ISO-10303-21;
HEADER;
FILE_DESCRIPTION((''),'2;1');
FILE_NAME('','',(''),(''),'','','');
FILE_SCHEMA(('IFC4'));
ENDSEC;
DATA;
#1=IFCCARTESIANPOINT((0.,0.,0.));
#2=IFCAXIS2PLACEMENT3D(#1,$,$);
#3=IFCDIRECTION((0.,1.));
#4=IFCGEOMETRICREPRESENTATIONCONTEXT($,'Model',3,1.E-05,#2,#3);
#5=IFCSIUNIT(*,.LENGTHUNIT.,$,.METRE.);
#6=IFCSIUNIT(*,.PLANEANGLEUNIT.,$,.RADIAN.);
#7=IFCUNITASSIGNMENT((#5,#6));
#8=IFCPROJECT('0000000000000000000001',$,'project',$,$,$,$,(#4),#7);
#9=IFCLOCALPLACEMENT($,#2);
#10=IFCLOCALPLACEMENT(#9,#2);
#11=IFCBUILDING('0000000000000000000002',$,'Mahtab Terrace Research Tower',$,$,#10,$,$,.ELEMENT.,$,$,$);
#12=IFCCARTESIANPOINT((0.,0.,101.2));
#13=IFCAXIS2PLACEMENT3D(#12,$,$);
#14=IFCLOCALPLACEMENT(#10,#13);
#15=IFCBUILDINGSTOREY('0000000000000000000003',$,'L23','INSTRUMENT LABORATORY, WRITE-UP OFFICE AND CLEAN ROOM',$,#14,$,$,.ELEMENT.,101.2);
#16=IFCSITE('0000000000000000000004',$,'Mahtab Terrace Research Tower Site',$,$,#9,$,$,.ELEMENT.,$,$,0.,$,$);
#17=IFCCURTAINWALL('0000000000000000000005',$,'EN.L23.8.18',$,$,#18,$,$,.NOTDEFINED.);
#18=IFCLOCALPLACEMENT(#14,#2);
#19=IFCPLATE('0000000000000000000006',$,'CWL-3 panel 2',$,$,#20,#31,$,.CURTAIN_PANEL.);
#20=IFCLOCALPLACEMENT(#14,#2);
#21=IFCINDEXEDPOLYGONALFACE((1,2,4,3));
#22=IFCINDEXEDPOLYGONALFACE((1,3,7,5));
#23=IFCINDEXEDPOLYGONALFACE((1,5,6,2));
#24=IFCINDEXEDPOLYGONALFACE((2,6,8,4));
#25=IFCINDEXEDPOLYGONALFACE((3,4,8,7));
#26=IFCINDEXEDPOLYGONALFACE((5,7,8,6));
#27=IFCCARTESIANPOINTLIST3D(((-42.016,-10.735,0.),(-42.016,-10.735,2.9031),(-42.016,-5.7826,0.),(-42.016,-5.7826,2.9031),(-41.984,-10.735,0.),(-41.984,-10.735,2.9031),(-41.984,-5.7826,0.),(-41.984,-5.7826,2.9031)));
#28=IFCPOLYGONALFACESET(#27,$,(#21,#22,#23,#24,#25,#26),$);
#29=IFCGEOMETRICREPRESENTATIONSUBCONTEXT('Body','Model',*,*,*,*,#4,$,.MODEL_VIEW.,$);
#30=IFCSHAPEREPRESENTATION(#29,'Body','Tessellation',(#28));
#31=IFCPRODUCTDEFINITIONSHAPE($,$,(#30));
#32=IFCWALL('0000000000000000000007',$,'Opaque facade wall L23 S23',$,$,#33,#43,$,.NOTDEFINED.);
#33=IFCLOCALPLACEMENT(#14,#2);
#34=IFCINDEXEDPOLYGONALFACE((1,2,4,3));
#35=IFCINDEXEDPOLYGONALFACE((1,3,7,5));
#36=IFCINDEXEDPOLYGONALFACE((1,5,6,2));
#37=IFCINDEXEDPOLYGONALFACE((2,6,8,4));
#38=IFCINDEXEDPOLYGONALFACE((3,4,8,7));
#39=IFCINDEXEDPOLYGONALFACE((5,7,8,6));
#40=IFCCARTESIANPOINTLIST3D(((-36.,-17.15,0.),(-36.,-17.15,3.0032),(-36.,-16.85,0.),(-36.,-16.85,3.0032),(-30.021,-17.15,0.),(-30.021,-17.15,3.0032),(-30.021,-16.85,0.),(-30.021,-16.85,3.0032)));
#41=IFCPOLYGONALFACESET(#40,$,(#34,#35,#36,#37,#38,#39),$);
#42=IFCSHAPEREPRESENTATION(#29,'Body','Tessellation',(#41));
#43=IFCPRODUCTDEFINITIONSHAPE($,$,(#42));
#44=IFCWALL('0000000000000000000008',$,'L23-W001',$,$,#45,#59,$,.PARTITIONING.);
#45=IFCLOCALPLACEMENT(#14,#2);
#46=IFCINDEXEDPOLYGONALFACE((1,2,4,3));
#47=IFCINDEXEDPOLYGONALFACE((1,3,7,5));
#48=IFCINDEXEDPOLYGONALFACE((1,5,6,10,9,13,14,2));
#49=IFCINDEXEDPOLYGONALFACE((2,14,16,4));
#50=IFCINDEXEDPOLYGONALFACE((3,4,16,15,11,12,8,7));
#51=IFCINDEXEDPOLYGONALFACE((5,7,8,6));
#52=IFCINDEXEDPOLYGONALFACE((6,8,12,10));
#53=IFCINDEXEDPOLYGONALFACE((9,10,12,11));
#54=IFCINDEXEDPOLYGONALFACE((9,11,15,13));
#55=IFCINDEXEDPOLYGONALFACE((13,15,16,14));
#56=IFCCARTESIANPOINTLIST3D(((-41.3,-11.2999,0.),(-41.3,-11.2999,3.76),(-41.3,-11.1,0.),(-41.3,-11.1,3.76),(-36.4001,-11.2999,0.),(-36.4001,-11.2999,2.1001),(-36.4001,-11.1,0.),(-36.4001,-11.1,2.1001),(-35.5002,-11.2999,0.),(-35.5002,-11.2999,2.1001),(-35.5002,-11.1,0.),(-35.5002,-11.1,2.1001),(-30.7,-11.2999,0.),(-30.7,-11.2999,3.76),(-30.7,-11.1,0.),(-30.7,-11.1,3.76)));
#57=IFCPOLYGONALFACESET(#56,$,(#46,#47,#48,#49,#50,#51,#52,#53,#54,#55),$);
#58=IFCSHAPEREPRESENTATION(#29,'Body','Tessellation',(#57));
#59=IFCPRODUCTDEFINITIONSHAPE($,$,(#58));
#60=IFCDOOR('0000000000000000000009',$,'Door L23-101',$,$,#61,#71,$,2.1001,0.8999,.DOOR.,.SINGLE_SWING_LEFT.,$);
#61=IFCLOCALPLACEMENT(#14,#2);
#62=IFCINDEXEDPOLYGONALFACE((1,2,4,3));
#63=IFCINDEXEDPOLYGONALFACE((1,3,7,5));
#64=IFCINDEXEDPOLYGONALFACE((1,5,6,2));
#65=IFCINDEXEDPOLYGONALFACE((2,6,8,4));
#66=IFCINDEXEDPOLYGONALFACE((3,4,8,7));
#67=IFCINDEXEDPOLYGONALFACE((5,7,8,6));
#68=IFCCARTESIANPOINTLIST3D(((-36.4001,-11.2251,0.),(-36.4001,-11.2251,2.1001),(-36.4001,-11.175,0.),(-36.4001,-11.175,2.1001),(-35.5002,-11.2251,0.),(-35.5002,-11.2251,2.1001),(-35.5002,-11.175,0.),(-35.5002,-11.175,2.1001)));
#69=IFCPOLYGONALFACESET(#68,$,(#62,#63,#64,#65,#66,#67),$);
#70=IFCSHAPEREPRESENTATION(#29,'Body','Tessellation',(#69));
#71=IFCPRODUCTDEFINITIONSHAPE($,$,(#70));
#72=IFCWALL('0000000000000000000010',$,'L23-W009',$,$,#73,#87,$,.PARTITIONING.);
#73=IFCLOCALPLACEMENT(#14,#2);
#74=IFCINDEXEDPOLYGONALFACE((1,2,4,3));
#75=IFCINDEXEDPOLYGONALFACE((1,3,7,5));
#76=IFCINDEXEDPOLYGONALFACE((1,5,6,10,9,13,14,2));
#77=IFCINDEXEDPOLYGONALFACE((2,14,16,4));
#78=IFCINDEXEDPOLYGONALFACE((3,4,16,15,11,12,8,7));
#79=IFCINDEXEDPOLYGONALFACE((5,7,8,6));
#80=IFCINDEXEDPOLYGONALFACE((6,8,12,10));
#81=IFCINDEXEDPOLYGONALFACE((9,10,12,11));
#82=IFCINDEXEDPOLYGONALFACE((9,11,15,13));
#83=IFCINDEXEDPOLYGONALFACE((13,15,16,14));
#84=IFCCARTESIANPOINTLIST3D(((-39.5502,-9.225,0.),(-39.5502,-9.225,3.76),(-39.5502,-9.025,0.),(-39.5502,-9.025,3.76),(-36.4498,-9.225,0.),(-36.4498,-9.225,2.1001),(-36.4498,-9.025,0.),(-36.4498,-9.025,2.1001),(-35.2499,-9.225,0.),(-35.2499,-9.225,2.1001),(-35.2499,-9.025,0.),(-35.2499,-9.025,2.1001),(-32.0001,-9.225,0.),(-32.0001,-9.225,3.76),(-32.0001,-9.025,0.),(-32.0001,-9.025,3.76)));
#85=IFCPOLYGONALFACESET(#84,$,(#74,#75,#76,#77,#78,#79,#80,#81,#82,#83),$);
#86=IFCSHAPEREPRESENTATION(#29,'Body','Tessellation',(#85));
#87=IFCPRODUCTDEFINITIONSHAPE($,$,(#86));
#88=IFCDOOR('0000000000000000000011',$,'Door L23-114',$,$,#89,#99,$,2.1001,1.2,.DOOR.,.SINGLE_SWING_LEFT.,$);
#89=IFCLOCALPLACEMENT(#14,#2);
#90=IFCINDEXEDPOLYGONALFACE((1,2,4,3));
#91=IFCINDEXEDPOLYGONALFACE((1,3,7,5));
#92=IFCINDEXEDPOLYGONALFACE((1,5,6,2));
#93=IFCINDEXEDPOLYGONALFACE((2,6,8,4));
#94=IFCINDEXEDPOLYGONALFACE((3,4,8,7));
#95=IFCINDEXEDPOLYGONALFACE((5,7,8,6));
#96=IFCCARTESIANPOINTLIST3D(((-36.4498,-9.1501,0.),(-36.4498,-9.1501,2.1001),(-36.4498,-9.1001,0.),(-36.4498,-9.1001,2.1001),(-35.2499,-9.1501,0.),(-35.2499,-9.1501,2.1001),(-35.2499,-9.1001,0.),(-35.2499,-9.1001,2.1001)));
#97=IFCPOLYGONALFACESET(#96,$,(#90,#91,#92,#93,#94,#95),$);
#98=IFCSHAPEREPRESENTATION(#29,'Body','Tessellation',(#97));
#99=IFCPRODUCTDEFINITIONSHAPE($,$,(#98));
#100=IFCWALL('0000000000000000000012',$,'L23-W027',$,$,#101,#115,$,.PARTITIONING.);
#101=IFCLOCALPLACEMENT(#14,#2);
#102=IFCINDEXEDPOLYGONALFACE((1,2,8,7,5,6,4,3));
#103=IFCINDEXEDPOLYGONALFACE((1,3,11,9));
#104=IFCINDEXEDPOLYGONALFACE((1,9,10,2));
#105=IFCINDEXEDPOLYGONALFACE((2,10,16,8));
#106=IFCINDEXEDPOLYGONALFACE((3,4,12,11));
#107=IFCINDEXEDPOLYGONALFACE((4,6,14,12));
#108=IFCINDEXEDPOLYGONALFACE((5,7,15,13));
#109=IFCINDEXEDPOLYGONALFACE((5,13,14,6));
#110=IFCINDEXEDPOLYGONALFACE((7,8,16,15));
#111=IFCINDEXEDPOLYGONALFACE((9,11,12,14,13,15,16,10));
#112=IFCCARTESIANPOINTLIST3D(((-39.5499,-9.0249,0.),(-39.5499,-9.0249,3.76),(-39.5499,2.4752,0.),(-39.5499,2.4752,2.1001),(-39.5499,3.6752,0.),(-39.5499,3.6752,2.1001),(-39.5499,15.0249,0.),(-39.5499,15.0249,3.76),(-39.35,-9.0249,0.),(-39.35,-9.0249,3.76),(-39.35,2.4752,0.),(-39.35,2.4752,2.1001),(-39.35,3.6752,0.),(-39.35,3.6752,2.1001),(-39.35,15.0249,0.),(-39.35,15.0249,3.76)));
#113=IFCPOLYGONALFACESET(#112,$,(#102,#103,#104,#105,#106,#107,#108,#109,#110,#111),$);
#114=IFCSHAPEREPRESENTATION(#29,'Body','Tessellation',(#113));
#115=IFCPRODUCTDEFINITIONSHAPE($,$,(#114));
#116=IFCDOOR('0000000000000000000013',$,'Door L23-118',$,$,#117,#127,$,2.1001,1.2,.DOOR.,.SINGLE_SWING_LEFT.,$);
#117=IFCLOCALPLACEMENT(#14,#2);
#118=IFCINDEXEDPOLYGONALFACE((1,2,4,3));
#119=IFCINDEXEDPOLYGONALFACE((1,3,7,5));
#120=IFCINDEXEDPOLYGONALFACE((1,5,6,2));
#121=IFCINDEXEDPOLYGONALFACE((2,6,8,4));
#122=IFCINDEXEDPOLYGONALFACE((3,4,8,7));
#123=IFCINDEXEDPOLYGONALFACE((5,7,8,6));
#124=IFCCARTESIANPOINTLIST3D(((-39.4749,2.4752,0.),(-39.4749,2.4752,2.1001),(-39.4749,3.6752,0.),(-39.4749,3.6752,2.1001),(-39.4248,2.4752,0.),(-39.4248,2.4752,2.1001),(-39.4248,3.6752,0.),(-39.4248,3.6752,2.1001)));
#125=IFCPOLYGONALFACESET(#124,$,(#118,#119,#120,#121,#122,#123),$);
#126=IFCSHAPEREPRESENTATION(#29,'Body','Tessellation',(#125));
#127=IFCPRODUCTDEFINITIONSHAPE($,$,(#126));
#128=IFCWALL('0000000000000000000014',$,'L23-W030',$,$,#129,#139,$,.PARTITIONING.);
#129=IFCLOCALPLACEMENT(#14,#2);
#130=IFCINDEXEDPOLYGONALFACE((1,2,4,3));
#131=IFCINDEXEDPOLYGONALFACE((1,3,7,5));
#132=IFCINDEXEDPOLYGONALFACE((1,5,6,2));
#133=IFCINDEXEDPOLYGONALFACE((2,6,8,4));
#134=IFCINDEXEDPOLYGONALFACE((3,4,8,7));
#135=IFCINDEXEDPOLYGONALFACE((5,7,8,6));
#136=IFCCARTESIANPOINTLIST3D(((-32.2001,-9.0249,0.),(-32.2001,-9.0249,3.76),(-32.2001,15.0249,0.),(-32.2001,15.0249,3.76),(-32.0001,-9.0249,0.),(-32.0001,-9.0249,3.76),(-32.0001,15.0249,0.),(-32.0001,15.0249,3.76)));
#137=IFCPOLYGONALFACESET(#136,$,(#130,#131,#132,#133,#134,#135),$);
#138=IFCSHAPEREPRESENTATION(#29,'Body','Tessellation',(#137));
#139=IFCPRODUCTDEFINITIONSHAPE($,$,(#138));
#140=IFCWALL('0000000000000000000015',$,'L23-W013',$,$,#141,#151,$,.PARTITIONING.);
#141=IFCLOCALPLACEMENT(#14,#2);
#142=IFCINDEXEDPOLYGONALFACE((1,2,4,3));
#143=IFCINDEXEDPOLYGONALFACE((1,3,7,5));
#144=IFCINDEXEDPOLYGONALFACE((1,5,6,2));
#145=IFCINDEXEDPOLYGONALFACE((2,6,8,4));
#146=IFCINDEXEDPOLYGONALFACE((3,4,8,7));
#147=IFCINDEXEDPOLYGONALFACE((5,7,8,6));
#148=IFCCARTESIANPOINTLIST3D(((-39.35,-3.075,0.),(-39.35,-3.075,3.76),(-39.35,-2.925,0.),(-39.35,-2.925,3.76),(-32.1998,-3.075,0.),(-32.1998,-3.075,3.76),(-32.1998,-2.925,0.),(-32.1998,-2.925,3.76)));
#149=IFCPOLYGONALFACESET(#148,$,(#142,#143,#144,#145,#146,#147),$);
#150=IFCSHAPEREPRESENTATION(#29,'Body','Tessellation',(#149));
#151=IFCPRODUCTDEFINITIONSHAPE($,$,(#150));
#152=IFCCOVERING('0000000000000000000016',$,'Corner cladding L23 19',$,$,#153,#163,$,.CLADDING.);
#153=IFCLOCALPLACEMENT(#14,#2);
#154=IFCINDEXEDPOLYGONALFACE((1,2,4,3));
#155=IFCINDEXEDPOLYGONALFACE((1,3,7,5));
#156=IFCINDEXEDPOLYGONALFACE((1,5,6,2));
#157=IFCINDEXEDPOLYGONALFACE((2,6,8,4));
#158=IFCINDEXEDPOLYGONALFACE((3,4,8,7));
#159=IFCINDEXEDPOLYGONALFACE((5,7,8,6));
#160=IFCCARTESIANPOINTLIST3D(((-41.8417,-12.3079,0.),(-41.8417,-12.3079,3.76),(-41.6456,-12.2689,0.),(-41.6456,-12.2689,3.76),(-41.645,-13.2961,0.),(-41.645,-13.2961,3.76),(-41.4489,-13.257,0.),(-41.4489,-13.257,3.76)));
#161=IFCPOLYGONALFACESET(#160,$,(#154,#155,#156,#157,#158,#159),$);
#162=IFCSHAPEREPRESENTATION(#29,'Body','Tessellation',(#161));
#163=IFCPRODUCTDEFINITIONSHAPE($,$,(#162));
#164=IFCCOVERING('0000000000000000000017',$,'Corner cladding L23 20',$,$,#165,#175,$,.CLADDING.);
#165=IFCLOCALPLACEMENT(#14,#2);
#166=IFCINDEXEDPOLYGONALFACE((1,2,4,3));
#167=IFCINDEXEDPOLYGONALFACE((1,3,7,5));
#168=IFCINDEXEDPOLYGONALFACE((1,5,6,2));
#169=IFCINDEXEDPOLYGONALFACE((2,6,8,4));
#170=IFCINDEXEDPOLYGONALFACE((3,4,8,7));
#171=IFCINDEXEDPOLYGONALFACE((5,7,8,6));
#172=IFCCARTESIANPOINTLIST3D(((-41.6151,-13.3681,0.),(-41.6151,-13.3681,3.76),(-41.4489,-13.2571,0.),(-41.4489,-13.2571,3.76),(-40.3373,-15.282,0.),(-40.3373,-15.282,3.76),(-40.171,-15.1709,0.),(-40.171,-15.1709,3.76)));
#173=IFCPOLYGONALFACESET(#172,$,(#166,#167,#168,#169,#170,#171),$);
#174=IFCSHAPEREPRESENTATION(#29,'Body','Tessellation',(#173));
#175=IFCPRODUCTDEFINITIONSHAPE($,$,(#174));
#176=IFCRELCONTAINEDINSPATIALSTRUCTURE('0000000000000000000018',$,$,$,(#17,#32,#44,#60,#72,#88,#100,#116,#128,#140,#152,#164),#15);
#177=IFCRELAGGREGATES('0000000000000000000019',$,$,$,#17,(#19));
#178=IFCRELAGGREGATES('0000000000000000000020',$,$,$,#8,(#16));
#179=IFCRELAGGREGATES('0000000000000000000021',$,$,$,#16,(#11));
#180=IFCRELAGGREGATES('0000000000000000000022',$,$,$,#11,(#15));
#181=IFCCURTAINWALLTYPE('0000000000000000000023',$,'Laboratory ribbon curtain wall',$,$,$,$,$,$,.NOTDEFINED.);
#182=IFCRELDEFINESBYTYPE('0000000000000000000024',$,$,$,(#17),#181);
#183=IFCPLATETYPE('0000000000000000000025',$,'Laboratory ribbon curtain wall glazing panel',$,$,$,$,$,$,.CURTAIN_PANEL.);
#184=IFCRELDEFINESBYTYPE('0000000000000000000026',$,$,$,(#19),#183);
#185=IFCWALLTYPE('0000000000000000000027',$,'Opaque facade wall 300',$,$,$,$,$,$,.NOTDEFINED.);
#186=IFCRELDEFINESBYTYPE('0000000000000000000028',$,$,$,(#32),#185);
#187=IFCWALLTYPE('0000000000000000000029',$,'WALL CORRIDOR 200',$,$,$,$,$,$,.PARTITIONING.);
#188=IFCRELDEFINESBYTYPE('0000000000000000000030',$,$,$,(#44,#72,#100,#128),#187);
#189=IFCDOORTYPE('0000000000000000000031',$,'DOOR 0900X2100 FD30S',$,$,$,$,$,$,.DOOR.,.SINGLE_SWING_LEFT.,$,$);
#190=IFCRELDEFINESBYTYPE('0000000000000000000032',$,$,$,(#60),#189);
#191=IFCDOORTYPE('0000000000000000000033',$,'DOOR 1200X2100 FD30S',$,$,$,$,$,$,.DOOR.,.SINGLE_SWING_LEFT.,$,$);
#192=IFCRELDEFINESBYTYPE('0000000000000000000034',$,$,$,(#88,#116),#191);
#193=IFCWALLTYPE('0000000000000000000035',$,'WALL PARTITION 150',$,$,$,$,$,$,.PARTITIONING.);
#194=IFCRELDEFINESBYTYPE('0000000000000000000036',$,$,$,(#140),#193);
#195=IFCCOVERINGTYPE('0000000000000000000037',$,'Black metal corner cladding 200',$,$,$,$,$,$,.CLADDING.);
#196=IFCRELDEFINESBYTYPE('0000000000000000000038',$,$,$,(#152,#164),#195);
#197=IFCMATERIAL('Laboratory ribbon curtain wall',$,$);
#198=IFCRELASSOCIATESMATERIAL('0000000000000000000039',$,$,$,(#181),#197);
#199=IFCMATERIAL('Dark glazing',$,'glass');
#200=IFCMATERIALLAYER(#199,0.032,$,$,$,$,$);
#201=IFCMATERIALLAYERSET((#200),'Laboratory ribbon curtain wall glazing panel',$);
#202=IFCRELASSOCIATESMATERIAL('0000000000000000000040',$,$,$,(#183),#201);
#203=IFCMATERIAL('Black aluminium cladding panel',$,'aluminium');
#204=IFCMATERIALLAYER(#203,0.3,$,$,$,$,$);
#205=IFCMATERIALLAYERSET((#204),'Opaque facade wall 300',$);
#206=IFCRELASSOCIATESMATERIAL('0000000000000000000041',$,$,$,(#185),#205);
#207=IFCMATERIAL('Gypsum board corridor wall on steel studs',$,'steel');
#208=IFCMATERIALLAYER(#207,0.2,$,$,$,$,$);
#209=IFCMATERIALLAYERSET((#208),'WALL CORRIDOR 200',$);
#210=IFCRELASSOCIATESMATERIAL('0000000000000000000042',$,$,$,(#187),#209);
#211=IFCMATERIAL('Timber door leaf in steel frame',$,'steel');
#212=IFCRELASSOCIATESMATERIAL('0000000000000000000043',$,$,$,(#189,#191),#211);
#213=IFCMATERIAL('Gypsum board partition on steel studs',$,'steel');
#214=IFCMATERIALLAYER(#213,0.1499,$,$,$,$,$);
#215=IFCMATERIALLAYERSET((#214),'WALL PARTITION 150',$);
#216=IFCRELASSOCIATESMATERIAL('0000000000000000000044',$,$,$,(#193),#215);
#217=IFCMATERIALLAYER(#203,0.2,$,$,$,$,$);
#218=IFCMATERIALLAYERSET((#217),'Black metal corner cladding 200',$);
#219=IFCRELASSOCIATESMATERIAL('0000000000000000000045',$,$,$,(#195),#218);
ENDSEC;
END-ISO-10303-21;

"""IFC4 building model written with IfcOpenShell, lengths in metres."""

from ifc_helpers import new_model, si_unit, direction, frame, frame_2d, origin, origin_2d, place, context, subcontext, project, spatial, rectangle, extrude, material, layer, layer_set, type_object, element, fill, aggregate, save


model = new_model("IFC4")

# Units and contexts
model_context = context("Model", 3, precision=1e-05, world=origin(), true_north=direction((0.0, 1.0)))
body_context = subcontext(model_context, "Body", "Model", "MODEL_VIEW")
ifc_project = project(units=[si_unit("LENGTHUNIT", "METRE"), si_unit("PLANEANGLEUNIT", "RADIAN")], contexts=[model_context])

# Site, building, storey
site_placement = place(None, origin())
site = spatial("IfcSite", under=ifc_project, at=site_placement, Name="Mahtab Terrace Research Tower Site", CompositionType="ELEMENT", RefElevation=0.0)
building_placement = place(site_placement, origin())
building = spatial("IfcBuilding", under=site, at=building_placement, Name="Mahtab Terrace Research Tower", CompositionType="ELEMENT")
storey_placement = place(building_placement, frame((0.0, 0.0, 101.2)))
storey = spatial("IfcBuildingStorey", under=building, at=storey_placement, Name="L23", Description="INSTRUMENT LABORATORY, WRITE-UP OFFICE AND CLEAN ROOM", CompositionType="ELEMENT", Elevation=101.2)

# Curtain wall
ifc_material_1 = material(Name="Laboratory ribbon curtain wall")
curtain_wall_type = type_object("IfcCurtainWallType", Name="Laboratory ribbon curtain wall", PredefinedType="NOTDEFINED", material=ifc_material_1)
curtain_wall_placement = place(storey_placement, origin())
curtain_wall = element("IfcCurtainWall", 1, at=curtain_wall_placement, inside=storey, type_object=curtain_wall_type, Name="EN.L23.8.18", PredefinedType="NOTDEFINED")

# Plate
ifc_material_2 = material(Name="Dark glazing", Category="glass")
ifc_layer_1 = layer(ifc_material_2, 0.032)
ifc_layer_set_1 = layer_set([ifc_layer_1], Name="Laboratory ribbon curtain wall glazing panel")
plate_type = type_object("IfcPlateType", Name="Laboratory ribbon curtain wall glazing panel", PredefinedType="CURTAIN_PANEL", material=ifc_layer_set_1)
plate_1_placement = place(storey_placement, frame((-42.0, -8.2588, 0.0), z_axis=(0.0, 0.0, 1.0), x_axis=(0.0, -1.0, 0.0)))
plate_1 = element("IfcPlate", 2, at=plate_1_placement, type_object=plate_type, Name="CWL-3 panel 2", PredefinedType="CURTAIN_PANEL", context=body_context, shape_type="SweptSolid", body=[
    extrude(rectangle(XDim=4.9524, YDim=0.032, at=origin_2d()), origin(), (0.0, 0.0, 1.0), 2.9031),
])
aggregate(curtain_wall, [plate_1])

# Wall
ifc_material_3 = material(Name="Black aluminium cladding panel", Category="aluminium")
ifc_layer_2 = layer(ifc_material_3, 0.3)
ifc_layer_set_2 = layer_set([ifc_layer_2], Name="Opaque facade wall 300")
wall_type_1 = type_object("IfcWallType", Name="Opaque facade wall 300", PredefinedType="NOTDEFINED", material=ifc_layer_set_2)
wall_1_placement = place(storey_placement, frame((-36.0, -17.0, 0.0), z_axis=(0.0, 0.0, 1.0), x_axis=(1.0, 0.0, 0.0)))
element("IfcWall", 3, at=wall_1_placement, inside=storey, type_object=wall_type_1, Name="Opaque facade wall L23 S23", PredefinedType="NOTDEFINED", context=body_context, shape_type="SweptSolid", body=[
    extrude(rectangle(XDim=5.979, YDim=0.3, at=frame_2d((2.9895, 0.0))), origin(), (0.0, 0.0, 1.0), 3.0032),
])

# Walls, openings, doors
ifc_material_4 = material(Name="Gypsum board corridor wall on steel studs", Category="steel")
ifc_layer_3 = layer(ifc_material_4, 0.2)
ifc_layer_set_3 = layer_set([ifc_layer_3], Name="WALL CORRIDOR 200")
wall_type_2 = type_object("IfcWallType", Name="WALL CORRIDOR 200", PredefinedType="PARTITIONING", material=ifc_layer_set_3)
wall_2_placement = place(storey_placement, frame((-41.3, -11.2, 0.0), z_axis=(0.0, 0.0, 1.0), x_axis=(1.0, 0.0, 0.0)))
wall_2 = element("IfcWall", 4, at=wall_2_placement, inside=storey, type_object=wall_type_2, Name="L23-W001", PredefinedType="PARTITIONING", context=body_context, shape_type="SweptSolid", body=[
    extrude(rectangle(XDim=10.6001, YDim=0.2, at=frame_2d((5.3, 0.0))), origin(), (0.0, 0.0, 1.0), 3.76),
])
opening_1_placement = place(wall_2_placement, frame((4.8999, 0.0, 0.0)))
opening_1 = element("IfcOpeningElement", 5, at=opening_1_placement, cuts=wall_2, PredefinedType="OPENING", context=body_context, shape_type="SweptSolid", body=[
    extrude(rectangle(XDim=0.8999, YDim=2.1001, at=frame_2d((0.45, 1.05))), frame((0.0, 0.1099, 0.0), z_axis=(0.0, -1.0, 0.0), x_axis=(1.0, 0.0, 0.0)), (0.0, 0.0, 1.0), 0.22),
])
ifc_material_5 = material(Name="Timber door leaf in steel frame", Category="steel")
door_type_1 = type_object("IfcDoorType", Name="DOOR 0900X2100 FD30S", OperationType="SINGLE_SWING_LEFT", PredefinedType="DOOR", material=ifc_material_5)
door_1_placement = place(opening_1_placement, origin())
door_1 = element("IfcDoor", 6, at=door_1_placement, inside=storey, type_object=door_type_1, Name="Door L23-101", OperationType="SINGLE_SWING_LEFT", OverallHeight=2.1001, OverallWidth=0.8999, PredefinedType="DOOR", context=body_context, shape_type="SweptSolid", body=[
    extrude(rectangle(XDim=0.8999, YDim=2.1001, at=frame_2d((0.45, 1.05))), frame((0.0, 0.0249, 0.0), z_axis=(0.0, -1.0, 0.0), x_axis=(1.0, 0.0, 0.0)), (0.0, 0.0, 1.0), 0.05),
])
fill(opening_1, door_1)
wall_3_placement = place(storey_placement, frame((-39.55, -9.125, 0.0), z_axis=(0.0, 0.0, 1.0), x_axis=(1.0, 0.0, 0.0)))
wall_3 = element("IfcWall", 7, at=wall_3_placement, inside=storey, type_object=wall_type_2, Name="L23-W009", PredefinedType="PARTITIONING", context=body_context, shape_type="SweptSolid", body=[
    extrude(rectangle(XDim=7.55, YDim=0.2, at=frame_2d((3.7749, 0.0))), origin(), (0.0, 0.0, 1.0), 3.76),
])
opening_2_placement = place(wall_3_placement, frame((3.1001, 0.0, 0.0)))
opening_2 = element("IfcOpeningElement", 8, at=opening_2_placement, cuts=wall_3, PredefinedType="OPENING", context=body_context, shape_type="SweptSolid", body=[
    extrude(rectangle(XDim=1.2, YDim=2.1001, at=frame_2d((0.6001, 1.05))), frame((0.0, 0.1099, 0.0), z_axis=(0.0, -1.0, 0.0), x_axis=(1.0, 0.0, 0.0)), (0.0, 0.0, 1.0), 0.22),
])
door_type_2 = type_object("IfcDoorType", Name="DOOR 1200X2100 FD30S", OperationType="SINGLE_SWING_LEFT", PredefinedType="DOOR", material=ifc_material_5)
door_2_placement = place(opening_2_placement, origin())
door_2 = element("IfcDoor", 9, at=door_2_placement, inside=storey, type_object=door_type_2, Name="Door L23-114", OperationType="SINGLE_SWING_LEFT", OverallHeight=2.1001, OverallWidth=1.2, PredefinedType="DOOR", context=body_context, shape_type="SweptSolid", body=[
    extrude(rectangle(XDim=1.2, YDim=2.1001, at=frame_2d((0.6001, 1.05))), frame((0.0, 0.0249, 0.0), z_axis=(0.0, -1.0, 0.0), x_axis=(1.0, 0.0, 0.0)), (0.0, 0.0, 1.0), 0.05),
])
fill(opening_2, door_2)
wall_4_placement = place(storey_placement, frame((-39.45, -9.0249, 0.0), z_axis=(0.0, 0.0, 1.0), x_axis=(0.0, 1.0, 0.0)))
wall_4 = element("IfcWall", 10, at=wall_4_placement, inside=storey, type_object=wall_type_2, Name="L23-W027", PredefinedType="PARTITIONING", context=body_context, shape_type="SweptSolid", body=[
    extrude(rectangle(XDim=24.0498, YDim=0.2, at=frame_2d((12.0249, 0.0))), origin(), (0.0, 0.0, 1.0), 3.76),
])
opening_3_placement = place(wall_4_placement, frame((11.5, 0.0, 0.0)))
opening_3 = element("IfcOpeningElement", 11, at=opening_3_placement, cuts=wall_4, PredefinedType="OPENING", context=body_context, shape_type="SweptSolid", body=[
    extrude(rectangle(XDim=1.2, YDim=2.1001, at=frame_2d((0.6001, 1.05))), frame((0.0, 0.1099, 0.0), z_axis=(0.0, -1.0, 0.0), x_axis=(1.0, 0.0, 0.0)), (0.0, 0.0, 1.0), 0.22),
])
door_3_placement = place(opening_3_placement, origin())
door_3 = element("IfcDoor", 12, at=door_3_placement, inside=storey, type_object=door_type_2, Name="Door L23-118", OperationType="SINGLE_SWING_LEFT", OverallHeight=2.1001, OverallWidth=1.2, PredefinedType="DOOR", context=body_context, shape_type="SweptSolid", body=[
    extrude(rectangle(XDim=1.2, YDim=2.1001, at=frame_2d((0.6001, 1.05))), frame((0.0, 0.0249, 0.0), z_axis=(0.0, -1.0, 0.0), x_axis=(1.0, 0.0, 0.0)), (0.0, 0.0, 1.0), 0.05),
])
fill(opening_3, door_3)

# Walls
wall_5_placement = place(storey_placement, frame((-32.1001, -9.0249, 0.0), z_axis=(0.0, 0.0, 1.0), x_axis=(0.0, 1.0, 0.0)))
element("IfcWall", 13, at=wall_5_placement, inside=storey, type_object=wall_type_2, Name="L23-W030", PredefinedType="PARTITIONING", context=body_context, shape_type="SweptSolid", body=[
    extrude(rectangle(XDim=24.0498, YDim=0.2, at=frame_2d((12.0249, 0.0))), origin(), (0.0, 0.0, 1.0), 3.76),
])
ifc_material_6 = material(Name="Gypsum board partition on steel studs", Category="steel")
ifc_layer_4 = layer(ifc_material_6, 0.1499)
ifc_layer_set_4 = layer_set([ifc_layer_4], Name="WALL PARTITION 150")
wall_type_3 = type_object("IfcWallType", Name="WALL PARTITION 150", PredefinedType="PARTITIONING", material=ifc_layer_set_4)
wall_6_placement = place(storey_placement, frame((-39.3501, -3.0, 0.0), z_axis=(0.0, 0.0, 1.0), x_axis=(1.0, 0.0, 0.0)))
element("IfcWall", 14, at=wall_6_placement, inside=storey, type_object=wall_type_3, Name="L23-W013", PredefinedType="PARTITIONING", context=body_context, shape_type="SweptSolid", body=[
    extrude(rectangle(XDim=7.1501, YDim=0.1499, at=frame_2d((3.5752, 0.0))), origin(), (0.0, 0.0, 1.0), 3.76),
])

# Coverings
ifc_layer_5 = layer(ifc_material_3, 0.2)
ifc_layer_set_5 = layer_set([ifc_layer_5], Name="Black metal corner cladding 200")
covering_type_1 = type_object("IfcCoveringType", Name="Black metal corner cladding 200", PredefinedType="CLADDING", material=ifc_layer_set_5)
covering_placement = place(storey_placement, frame((-41.6453, -12.7825, 0.0), z_axis=(0.0, 0.0, 1.0), x_axis=(0.195212, -0.980761, 0.0)))
element("IfcCovering", 15, at=covering_placement, inside=storey, type_object=covering_type_1, Name="Corner cladding L23 19", PredefinedType="CLADDING", context=body_context, shape_type="SweptSolid", body=[
    extrude(rectangle(XDim=1.0076, YDim=0.2, at=origin_2d()), origin(), (0.0, 0.0, 1.0), 3.76),
])
for number, where, z_axis, x_axis, name in (
    (16, (-40.8931, -14.2695, 0.0), (0.0, 0.0, 1.0), (0.555291, -0.831656, 0.0), "Corner cladding L23 20"),
):
    element("IfcCovering", number, at=place(storey_placement, frame(where, z_axis=z_axis, x_axis=x_axis)), inside=storey, type_object=covering_type_1, Name=name, PredefinedType="CLADDING", context=body_context, shape_type="SweptSolid", body=[
        extrude(rectangle(XDim=2.3013, YDim=0.2, at=origin_2d()), origin(), (0.0, 0.0, 1.0), 3.76),
    ])

save(model, "model.ifc")
